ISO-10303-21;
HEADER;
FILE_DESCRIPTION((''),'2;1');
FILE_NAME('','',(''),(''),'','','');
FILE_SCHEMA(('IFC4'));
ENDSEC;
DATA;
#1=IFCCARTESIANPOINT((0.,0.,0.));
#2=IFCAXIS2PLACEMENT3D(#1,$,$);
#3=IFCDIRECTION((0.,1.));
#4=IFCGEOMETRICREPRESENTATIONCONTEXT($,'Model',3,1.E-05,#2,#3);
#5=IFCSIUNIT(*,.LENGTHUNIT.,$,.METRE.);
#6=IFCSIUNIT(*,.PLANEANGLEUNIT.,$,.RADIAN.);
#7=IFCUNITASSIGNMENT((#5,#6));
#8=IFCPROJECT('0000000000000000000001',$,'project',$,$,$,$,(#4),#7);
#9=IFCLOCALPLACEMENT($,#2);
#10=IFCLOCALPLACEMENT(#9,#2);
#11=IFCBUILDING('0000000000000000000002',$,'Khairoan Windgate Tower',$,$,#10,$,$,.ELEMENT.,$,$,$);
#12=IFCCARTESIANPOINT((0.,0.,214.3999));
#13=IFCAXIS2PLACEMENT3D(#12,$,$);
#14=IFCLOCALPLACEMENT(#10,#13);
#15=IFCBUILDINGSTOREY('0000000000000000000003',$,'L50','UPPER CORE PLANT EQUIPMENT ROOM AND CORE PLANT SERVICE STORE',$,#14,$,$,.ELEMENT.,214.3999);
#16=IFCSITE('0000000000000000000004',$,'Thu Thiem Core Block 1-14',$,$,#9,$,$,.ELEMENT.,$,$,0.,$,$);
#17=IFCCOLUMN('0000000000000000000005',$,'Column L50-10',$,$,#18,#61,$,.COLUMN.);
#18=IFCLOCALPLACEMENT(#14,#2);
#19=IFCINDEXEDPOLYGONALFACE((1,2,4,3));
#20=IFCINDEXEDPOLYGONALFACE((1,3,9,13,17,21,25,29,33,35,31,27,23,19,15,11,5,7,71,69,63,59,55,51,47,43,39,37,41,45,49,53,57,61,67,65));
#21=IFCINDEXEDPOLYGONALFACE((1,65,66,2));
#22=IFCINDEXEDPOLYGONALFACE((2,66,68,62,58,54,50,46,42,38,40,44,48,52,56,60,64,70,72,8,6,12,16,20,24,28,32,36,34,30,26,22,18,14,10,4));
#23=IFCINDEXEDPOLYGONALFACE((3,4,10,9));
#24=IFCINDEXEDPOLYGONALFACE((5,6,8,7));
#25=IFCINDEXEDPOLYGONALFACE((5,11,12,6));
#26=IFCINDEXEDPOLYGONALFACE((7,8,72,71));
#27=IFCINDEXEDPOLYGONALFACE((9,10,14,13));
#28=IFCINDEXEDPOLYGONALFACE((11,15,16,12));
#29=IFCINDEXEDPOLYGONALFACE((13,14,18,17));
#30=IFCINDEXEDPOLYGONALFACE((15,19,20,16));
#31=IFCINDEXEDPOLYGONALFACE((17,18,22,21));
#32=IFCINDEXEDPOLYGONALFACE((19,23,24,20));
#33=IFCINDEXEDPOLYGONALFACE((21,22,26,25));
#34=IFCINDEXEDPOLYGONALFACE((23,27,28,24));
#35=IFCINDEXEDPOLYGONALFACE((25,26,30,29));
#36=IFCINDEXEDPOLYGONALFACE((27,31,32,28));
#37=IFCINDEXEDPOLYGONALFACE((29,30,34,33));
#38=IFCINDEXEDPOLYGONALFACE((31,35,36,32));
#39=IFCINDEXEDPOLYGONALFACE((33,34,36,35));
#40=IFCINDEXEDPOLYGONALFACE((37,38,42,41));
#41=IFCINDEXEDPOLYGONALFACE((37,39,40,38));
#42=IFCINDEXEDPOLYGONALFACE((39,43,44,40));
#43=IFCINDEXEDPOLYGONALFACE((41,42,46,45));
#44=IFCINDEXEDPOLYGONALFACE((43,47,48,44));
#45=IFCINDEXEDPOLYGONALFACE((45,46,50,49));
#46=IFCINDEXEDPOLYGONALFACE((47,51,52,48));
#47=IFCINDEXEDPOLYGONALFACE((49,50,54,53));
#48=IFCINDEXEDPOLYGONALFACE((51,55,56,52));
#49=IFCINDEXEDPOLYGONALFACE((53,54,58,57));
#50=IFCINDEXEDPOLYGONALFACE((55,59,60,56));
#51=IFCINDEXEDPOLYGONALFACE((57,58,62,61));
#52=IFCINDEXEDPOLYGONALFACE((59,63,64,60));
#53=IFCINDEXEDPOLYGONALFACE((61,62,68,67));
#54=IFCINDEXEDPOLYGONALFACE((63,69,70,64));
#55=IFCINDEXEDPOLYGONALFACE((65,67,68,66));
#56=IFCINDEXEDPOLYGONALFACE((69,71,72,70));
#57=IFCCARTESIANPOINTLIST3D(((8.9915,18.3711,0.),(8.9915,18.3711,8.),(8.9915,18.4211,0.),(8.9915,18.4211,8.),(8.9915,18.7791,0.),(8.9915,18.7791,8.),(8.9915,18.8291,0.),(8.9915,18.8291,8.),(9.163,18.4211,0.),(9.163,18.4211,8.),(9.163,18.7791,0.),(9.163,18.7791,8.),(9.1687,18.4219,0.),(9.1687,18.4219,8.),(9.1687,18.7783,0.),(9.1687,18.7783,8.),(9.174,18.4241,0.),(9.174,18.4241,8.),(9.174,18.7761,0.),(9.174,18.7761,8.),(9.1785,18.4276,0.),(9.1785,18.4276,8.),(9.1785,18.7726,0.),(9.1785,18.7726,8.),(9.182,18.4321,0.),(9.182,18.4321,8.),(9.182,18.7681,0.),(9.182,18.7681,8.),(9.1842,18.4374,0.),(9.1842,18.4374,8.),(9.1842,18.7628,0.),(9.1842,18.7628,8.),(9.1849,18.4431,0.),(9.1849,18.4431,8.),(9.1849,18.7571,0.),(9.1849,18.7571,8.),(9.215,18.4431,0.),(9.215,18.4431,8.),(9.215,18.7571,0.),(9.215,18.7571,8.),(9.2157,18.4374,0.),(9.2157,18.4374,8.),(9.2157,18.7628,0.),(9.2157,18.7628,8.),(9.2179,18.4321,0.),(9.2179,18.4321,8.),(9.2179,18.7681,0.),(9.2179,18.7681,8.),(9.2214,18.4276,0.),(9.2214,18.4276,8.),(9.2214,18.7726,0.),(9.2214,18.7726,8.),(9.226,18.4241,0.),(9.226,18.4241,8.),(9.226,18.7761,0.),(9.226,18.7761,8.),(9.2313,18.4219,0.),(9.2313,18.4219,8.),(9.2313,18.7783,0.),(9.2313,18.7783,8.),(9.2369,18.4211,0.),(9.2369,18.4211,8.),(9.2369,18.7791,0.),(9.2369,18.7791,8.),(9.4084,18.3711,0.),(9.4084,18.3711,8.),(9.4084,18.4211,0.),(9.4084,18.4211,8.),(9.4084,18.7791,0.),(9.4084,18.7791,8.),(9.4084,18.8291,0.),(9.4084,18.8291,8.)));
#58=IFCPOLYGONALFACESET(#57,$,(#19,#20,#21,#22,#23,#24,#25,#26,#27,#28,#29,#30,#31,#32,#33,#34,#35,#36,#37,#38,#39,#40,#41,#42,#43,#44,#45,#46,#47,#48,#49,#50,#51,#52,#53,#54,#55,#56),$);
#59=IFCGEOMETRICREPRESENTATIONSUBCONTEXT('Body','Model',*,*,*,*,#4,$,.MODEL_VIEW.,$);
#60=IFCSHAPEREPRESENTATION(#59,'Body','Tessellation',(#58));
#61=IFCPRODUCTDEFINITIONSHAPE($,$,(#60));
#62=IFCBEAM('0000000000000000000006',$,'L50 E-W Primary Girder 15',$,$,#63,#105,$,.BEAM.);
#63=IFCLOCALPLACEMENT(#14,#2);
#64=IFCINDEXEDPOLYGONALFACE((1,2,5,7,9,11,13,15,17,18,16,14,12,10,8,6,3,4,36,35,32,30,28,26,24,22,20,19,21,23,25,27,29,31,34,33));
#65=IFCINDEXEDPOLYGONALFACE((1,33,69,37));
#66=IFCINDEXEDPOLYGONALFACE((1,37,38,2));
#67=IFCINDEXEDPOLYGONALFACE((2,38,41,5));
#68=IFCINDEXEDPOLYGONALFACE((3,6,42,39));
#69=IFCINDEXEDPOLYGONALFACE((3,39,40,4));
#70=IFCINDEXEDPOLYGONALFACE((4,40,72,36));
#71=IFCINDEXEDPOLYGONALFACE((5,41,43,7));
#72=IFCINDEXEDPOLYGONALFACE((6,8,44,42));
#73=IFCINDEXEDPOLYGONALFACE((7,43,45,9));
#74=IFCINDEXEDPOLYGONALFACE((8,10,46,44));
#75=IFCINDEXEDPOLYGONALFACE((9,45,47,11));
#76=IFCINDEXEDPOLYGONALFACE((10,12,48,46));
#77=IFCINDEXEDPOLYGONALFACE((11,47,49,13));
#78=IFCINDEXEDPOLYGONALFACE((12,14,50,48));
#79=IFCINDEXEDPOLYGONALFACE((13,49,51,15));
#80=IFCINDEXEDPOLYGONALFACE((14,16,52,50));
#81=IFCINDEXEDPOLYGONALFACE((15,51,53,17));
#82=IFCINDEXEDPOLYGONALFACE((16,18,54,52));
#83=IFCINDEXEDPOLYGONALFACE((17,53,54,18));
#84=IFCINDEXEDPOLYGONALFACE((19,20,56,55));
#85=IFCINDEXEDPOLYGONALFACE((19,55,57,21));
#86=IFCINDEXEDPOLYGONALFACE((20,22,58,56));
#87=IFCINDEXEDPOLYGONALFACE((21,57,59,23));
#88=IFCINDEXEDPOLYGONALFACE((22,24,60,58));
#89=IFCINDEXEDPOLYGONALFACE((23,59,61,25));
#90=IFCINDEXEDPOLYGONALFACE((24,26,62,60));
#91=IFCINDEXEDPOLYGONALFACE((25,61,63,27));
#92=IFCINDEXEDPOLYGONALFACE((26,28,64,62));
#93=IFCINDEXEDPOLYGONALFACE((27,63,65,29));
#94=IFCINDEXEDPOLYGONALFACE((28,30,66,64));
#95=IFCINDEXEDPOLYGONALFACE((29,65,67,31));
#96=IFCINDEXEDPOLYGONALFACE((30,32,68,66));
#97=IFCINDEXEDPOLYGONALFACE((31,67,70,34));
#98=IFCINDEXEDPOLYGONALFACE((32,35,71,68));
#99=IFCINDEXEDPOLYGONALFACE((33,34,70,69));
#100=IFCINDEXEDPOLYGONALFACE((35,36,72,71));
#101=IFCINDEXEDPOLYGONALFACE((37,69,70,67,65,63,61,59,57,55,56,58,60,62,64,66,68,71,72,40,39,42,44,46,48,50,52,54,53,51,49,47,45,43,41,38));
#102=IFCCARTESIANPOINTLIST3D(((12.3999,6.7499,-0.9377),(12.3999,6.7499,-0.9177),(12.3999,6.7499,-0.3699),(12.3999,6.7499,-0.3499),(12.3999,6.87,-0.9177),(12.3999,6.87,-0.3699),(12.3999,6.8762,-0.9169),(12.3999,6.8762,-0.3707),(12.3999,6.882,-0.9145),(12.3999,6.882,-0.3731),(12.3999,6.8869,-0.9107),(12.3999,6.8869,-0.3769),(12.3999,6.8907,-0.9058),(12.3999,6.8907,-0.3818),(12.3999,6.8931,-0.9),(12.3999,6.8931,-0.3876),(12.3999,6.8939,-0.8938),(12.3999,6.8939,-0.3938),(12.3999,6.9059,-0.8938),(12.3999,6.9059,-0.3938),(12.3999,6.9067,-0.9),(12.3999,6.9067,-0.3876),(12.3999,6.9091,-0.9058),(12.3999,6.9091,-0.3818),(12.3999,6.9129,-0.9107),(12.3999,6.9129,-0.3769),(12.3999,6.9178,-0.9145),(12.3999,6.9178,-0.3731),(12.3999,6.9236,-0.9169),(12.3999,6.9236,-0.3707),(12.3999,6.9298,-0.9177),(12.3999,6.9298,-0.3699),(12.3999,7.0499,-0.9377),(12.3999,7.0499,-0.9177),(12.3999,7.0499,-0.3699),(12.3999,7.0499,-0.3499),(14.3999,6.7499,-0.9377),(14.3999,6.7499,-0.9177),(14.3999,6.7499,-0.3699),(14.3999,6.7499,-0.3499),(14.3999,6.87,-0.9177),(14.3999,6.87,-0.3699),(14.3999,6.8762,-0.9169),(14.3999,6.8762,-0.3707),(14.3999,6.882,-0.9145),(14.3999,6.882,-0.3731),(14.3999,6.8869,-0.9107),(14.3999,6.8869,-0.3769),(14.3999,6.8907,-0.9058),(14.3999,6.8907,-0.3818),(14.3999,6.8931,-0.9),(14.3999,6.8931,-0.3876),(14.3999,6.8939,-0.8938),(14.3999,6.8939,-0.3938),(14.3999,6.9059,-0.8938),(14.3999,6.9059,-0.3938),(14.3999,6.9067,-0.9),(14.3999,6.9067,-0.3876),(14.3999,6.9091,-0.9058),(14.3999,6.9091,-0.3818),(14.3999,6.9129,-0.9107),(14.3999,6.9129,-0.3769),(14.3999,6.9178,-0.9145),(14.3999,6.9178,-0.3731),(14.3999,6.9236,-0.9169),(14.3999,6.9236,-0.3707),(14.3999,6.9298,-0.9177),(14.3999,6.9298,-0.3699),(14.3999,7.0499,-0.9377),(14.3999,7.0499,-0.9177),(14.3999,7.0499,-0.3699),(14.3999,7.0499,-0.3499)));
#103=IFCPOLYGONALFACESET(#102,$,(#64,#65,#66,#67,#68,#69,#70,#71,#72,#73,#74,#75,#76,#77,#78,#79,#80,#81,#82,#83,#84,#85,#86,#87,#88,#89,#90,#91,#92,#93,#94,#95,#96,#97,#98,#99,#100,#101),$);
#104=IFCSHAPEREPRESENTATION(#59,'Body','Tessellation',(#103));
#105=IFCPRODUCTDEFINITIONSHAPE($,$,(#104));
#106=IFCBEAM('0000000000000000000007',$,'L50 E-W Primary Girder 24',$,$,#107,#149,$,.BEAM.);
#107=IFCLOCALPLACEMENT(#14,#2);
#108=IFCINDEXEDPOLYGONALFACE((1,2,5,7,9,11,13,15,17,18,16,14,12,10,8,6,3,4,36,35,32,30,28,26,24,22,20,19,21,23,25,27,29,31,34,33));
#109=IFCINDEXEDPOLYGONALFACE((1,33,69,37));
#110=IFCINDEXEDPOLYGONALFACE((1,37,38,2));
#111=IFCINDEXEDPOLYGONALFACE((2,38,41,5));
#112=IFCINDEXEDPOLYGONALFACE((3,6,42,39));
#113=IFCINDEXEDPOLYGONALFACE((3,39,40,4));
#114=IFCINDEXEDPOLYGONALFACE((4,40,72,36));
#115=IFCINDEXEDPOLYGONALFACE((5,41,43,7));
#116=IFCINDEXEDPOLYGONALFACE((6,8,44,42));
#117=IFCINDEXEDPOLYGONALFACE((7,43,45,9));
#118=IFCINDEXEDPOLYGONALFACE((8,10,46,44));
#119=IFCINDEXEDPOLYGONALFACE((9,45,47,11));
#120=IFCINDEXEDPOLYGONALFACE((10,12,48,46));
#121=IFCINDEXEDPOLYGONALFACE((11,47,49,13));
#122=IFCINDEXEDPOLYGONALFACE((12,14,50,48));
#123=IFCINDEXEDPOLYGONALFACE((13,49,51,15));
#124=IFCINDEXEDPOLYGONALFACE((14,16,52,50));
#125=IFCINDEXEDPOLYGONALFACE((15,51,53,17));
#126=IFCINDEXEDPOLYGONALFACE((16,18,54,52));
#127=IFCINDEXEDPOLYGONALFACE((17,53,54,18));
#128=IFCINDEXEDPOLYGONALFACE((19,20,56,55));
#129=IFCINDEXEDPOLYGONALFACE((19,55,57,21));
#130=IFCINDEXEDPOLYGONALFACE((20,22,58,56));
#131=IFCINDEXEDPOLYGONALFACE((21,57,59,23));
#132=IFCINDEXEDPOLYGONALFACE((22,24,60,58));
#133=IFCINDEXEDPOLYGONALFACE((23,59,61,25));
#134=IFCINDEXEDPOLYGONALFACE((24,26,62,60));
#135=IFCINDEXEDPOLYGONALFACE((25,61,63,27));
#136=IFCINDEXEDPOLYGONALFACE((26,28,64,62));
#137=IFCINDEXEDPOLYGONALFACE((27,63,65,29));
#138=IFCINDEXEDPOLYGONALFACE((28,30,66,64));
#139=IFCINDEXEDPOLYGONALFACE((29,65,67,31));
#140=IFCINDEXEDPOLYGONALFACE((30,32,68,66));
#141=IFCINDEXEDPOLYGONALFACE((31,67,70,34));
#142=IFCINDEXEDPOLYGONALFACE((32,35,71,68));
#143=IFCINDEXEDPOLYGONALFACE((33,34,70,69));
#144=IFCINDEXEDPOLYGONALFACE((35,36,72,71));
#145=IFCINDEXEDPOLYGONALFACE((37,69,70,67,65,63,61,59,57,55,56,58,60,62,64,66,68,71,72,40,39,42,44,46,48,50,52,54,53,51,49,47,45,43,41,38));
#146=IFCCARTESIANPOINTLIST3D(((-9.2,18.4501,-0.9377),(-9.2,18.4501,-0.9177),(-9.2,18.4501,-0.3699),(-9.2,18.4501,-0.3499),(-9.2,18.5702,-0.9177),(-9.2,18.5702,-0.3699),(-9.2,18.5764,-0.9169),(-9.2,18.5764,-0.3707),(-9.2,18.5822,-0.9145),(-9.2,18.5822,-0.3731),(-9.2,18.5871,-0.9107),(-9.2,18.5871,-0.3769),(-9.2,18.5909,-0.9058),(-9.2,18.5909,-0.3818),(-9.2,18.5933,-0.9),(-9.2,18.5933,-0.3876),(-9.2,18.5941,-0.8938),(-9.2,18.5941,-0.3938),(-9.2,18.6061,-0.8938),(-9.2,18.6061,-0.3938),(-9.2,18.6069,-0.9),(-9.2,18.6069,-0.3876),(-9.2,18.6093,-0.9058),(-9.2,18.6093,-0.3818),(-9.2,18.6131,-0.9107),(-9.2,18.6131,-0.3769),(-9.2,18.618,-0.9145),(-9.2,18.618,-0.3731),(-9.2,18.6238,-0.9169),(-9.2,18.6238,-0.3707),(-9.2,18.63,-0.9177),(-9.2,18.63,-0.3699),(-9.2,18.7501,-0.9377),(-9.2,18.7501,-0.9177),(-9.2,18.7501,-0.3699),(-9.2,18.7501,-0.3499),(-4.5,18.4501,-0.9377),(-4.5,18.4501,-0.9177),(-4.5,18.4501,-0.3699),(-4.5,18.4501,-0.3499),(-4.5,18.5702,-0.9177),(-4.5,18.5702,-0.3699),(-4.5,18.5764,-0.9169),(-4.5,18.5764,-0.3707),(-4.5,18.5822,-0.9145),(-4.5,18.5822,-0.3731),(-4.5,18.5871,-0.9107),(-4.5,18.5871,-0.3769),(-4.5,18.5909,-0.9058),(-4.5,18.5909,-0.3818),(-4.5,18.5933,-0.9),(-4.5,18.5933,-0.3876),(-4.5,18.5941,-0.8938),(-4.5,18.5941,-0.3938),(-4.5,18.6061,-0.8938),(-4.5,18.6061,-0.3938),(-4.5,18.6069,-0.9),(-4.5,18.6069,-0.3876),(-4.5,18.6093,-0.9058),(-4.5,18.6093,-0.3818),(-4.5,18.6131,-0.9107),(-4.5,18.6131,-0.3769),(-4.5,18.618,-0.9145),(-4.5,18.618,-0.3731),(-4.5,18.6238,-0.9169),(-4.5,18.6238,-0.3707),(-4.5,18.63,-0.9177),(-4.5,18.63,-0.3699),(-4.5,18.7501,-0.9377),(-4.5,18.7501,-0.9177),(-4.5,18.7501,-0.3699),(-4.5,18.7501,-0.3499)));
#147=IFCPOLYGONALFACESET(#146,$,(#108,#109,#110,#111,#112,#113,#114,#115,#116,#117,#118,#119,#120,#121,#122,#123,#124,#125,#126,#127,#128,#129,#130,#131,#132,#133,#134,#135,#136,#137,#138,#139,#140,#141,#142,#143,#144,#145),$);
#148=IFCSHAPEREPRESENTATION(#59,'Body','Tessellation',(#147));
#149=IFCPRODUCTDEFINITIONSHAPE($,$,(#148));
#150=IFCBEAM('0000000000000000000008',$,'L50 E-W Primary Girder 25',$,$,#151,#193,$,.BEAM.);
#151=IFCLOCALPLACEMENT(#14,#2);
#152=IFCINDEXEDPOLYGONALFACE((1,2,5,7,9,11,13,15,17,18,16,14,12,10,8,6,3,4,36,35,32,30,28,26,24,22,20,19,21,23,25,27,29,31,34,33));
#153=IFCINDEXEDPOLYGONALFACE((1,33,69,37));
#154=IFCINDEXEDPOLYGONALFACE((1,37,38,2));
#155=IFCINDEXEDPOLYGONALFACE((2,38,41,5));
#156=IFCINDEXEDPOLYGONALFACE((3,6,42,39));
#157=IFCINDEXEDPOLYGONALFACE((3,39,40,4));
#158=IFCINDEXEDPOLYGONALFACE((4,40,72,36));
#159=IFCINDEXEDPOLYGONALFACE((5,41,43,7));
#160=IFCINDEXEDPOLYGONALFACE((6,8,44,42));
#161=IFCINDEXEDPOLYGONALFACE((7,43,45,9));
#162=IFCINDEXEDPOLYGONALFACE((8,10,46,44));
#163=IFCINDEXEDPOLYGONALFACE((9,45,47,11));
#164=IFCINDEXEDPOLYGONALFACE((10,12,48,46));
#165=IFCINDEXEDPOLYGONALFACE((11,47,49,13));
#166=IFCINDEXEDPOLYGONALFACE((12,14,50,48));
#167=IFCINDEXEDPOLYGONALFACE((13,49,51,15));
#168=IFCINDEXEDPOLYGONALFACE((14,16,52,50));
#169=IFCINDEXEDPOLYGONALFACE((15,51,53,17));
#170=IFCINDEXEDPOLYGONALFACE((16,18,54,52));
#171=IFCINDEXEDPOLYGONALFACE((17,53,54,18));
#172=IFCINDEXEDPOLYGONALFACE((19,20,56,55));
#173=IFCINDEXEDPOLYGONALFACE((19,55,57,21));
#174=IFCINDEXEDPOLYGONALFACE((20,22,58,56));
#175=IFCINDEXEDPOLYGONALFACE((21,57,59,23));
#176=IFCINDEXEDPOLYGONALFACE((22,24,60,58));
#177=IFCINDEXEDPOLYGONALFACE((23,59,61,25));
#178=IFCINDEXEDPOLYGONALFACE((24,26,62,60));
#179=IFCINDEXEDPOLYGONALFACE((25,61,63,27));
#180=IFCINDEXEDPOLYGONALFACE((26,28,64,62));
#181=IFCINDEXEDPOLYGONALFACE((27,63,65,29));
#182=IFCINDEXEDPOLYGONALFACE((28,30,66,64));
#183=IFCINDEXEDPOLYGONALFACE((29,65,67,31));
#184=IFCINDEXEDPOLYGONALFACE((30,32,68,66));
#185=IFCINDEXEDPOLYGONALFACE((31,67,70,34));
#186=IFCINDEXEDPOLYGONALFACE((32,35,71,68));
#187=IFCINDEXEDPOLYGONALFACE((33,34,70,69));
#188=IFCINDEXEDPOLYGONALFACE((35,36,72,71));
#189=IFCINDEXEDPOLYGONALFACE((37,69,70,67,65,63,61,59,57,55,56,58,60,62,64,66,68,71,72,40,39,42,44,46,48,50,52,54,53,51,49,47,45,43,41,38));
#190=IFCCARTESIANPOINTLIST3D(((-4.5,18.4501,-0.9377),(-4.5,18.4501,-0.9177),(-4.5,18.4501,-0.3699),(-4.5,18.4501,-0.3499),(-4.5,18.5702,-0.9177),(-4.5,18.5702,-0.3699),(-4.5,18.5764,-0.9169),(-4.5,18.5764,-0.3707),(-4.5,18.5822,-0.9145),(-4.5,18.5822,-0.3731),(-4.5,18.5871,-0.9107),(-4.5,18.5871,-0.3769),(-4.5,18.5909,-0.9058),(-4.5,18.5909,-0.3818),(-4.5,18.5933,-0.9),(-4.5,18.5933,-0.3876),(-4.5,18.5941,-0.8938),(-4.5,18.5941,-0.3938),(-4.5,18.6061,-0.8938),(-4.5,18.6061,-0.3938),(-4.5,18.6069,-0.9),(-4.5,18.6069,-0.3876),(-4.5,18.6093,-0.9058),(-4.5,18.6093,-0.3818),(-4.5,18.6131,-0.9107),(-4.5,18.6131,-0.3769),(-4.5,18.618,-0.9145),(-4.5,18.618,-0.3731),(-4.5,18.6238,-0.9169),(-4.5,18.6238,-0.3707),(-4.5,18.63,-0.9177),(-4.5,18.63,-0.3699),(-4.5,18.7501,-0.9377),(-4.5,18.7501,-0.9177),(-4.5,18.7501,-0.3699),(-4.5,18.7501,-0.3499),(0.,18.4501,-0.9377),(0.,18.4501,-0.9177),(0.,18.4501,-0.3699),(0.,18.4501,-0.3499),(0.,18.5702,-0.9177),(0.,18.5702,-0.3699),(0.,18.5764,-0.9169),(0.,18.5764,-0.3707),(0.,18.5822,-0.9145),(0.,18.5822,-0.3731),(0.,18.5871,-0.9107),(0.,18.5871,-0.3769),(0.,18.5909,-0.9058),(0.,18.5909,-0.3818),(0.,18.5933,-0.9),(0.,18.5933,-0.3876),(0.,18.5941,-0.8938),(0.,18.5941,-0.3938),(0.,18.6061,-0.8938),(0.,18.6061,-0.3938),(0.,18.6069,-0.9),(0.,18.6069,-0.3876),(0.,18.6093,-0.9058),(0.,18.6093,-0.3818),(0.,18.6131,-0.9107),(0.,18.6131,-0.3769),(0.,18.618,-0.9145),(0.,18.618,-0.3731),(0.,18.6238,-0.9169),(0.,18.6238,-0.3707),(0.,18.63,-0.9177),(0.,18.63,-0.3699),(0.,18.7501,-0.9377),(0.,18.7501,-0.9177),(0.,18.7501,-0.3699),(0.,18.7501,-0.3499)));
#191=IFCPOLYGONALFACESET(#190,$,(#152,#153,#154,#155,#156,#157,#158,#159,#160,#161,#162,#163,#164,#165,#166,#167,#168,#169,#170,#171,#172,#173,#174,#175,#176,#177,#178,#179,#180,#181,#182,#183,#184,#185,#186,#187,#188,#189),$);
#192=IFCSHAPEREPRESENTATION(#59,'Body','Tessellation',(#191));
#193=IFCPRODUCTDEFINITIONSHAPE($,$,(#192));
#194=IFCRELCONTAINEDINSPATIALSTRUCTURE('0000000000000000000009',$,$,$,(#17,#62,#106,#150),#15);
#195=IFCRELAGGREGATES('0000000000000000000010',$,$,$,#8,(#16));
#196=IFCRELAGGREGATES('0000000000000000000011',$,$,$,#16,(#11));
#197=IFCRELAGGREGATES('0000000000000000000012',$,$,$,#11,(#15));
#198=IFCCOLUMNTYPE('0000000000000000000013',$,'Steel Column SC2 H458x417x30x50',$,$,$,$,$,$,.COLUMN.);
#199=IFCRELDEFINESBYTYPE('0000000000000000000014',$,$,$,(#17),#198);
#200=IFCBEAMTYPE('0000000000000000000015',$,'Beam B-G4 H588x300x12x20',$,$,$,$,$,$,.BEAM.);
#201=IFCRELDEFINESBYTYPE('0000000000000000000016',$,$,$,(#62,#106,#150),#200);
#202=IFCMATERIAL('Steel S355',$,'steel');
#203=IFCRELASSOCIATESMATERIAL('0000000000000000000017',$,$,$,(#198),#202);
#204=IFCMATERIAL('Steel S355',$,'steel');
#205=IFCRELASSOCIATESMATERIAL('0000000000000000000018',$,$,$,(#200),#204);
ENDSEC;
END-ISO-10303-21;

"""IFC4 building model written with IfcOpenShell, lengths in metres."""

from ifc_helpers import new_model, si_unit, direction, frame, origin, origin_2d, place, context, subcontext, project, spatial, i_section, extrude, material, material_profile, profile_set, type_object, element, save


model = new_model("IFC4")

# Units and contexts
model_context = context("Model", 3, precision=1e-05, world=origin(), true_north=direction((0.0, 1.0)))
body_context = subcontext(model_context, "Body", "Model", "MODEL_VIEW")
ifc_project = project(units=[si_unit("LENGTHUNIT", "METRE"), si_unit("PLANEANGLEUNIT", "RADIAN")], contexts=[model_context])

# Site, building, storey
site_placement = place(None, origin())
site = spatial("IfcSite", under=ifc_project, at=site_placement, Name="Thu Thiem Core Block 1-14", CompositionType="ELEMENT", RefElevation=0.0)
building_placement = place(site_placement, origin())
building = spatial("IfcBuilding", under=site, at=building_placement, Name="Khairoan Windgate Tower", CompositionType="ELEMENT")
storey_placement = place(building_placement, frame((0.0, 0.0, 214.3999)))
storey = spatial("IfcBuildingStorey", under=building, at=storey_placement, Name="L50", Description="UPPER CORE PLANT EQUIPMENT ROOM AND CORE PLANT SERVICE STORE", CompositionType="ELEMENT", Elevation=214.3999)

# Column
ifc_material_1 = material(Name="Steel S355", Category="steel")
ifc_material_profile_1 = material_profile(ifc_material_1, i_section(OverallWidth=0.417, OverallDepth=0.458, WebThickness=0.03, FlangeThickness=0.05, FilletRadius=0.022, at=origin_2d()))
ifc_profile_set_1 = profile_set([ifc_material_profile_1], Name="Steel S355")
column_type_1 = type_object("IfcColumnType", Name="Steel Column SC2 H458x417x30x50", PredefinedType="COLUMN", material=ifc_profile_set_1)
for number, where, z_axis, x_axis, name in (
    (1, (9.2, 18.6001, 0.0), (0.0, 0.0, 1.0), (1.0, 0.0, 0.0), "Column L50-10"),
):
    element("IfcColumn", number, at=place(storey_placement, frame(where, z_axis=z_axis, x_axis=x_axis)), inside=storey, type_object=column_type_1, Name=name, PredefinedType="COLUMN", context=body_context, shape_type="SweptSolid", body=[
        extrude(i_section(OverallWidth=0.417, OverallDepth=0.458, WebThickness=0.03, FlangeThickness=0.05, FilletRadius=0.022, at=origin_2d()), origin(), (0.0, 0.0, 1.0), 8.0),
    ])

# Beams
ifc_material_2 = material(Name="Steel S355", Category="steel")
ifc_material_profile_2 = material_profile(ifc_material_2, i_section(OverallWidth=0.3, OverallDepth=0.5879, WebThickness=0.012, FlangeThickness=0.02, FilletRadius=0.0239, at=origin_2d()))
ifc_profile_set_2 = profile_set([ifc_material_profile_2], Name="Steel S355")
beam_type_1 = type_object("IfcBeamType", Name="Beam B-G4 H588x300x12x20", PredefinedType="BEAM", material=ifc_profile_set_2)
beam_1_placement = place(storey_placement, frame((12.3999, 6.8999, -0.6438), z_axis=(1.0, 0.0, 0.0), x_axis=(0.0, 1.0, 0.0)))
element("IfcBeam", 2, at=beam_1_placement, inside=storey, type_object=beam_type_1, Name="L50 E-W Primary Girder 15", PredefinedType="BEAM", context=body_context, shape_type="SweptSolid", body=[
    extrude(i_section(OverallWidth=0.3, OverallDepth=0.5879, WebThickness=0.012, FlangeThickness=0.02, FilletRadius=0.0239, at=origin_2d()), origin(), (0.0, 0.0, 1.0), 2.0),
])
beam_2_placement = place(storey_placement, frame((-9.2, 18.6001, -0.6438), z_axis=(1.0, 0.0, 0.0), x_axis=(0.0, 1.0, 0.0)))
element("IfcBeam", 3, at=beam_2_placement, inside=storey, type_object=beam_type_1, Name="L50 E-W Primary Girder 24", PredefinedType="BEAM", context=body_context, shape_type="SweptSolid", body=[
    extrude(i_section(OverallWidth=0.3, OverallDepth=0.5879, WebThickness=0.012, FlangeThickness=0.02, FilletRadius=0.0239, at=origin_2d()), origin(), (0.0, 0.0, 1.0), 4.7),
])
for number, where, z_axis, x_axis, name in (
    (4, (-4.5, 18.6001, -0.6438), (1.0, 0.0, 0.0), (0.0, 1.0, 0.0), "L50 E-W Primary Girder 25"),
):
    element("IfcBeam", number, at=place(storey_placement, frame(where, z_axis=z_axis, x_axis=x_axis)), inside=storey, type_object=beam_type_1, Name=name, PredefinedType="BEAM", context=body_context, shape_type="SweptSolid", body=[
        extrude(i_section(OverallWidth=0.3, OverallDepth=0.5879, WebThickness=0.012, FlangeThickness=0.02, FilletRadius=0.0239, at=origin_2d()), origin(), (0.0, 0.0, 1.0), 4.5),
    ])

save(model, "model.ifc")
